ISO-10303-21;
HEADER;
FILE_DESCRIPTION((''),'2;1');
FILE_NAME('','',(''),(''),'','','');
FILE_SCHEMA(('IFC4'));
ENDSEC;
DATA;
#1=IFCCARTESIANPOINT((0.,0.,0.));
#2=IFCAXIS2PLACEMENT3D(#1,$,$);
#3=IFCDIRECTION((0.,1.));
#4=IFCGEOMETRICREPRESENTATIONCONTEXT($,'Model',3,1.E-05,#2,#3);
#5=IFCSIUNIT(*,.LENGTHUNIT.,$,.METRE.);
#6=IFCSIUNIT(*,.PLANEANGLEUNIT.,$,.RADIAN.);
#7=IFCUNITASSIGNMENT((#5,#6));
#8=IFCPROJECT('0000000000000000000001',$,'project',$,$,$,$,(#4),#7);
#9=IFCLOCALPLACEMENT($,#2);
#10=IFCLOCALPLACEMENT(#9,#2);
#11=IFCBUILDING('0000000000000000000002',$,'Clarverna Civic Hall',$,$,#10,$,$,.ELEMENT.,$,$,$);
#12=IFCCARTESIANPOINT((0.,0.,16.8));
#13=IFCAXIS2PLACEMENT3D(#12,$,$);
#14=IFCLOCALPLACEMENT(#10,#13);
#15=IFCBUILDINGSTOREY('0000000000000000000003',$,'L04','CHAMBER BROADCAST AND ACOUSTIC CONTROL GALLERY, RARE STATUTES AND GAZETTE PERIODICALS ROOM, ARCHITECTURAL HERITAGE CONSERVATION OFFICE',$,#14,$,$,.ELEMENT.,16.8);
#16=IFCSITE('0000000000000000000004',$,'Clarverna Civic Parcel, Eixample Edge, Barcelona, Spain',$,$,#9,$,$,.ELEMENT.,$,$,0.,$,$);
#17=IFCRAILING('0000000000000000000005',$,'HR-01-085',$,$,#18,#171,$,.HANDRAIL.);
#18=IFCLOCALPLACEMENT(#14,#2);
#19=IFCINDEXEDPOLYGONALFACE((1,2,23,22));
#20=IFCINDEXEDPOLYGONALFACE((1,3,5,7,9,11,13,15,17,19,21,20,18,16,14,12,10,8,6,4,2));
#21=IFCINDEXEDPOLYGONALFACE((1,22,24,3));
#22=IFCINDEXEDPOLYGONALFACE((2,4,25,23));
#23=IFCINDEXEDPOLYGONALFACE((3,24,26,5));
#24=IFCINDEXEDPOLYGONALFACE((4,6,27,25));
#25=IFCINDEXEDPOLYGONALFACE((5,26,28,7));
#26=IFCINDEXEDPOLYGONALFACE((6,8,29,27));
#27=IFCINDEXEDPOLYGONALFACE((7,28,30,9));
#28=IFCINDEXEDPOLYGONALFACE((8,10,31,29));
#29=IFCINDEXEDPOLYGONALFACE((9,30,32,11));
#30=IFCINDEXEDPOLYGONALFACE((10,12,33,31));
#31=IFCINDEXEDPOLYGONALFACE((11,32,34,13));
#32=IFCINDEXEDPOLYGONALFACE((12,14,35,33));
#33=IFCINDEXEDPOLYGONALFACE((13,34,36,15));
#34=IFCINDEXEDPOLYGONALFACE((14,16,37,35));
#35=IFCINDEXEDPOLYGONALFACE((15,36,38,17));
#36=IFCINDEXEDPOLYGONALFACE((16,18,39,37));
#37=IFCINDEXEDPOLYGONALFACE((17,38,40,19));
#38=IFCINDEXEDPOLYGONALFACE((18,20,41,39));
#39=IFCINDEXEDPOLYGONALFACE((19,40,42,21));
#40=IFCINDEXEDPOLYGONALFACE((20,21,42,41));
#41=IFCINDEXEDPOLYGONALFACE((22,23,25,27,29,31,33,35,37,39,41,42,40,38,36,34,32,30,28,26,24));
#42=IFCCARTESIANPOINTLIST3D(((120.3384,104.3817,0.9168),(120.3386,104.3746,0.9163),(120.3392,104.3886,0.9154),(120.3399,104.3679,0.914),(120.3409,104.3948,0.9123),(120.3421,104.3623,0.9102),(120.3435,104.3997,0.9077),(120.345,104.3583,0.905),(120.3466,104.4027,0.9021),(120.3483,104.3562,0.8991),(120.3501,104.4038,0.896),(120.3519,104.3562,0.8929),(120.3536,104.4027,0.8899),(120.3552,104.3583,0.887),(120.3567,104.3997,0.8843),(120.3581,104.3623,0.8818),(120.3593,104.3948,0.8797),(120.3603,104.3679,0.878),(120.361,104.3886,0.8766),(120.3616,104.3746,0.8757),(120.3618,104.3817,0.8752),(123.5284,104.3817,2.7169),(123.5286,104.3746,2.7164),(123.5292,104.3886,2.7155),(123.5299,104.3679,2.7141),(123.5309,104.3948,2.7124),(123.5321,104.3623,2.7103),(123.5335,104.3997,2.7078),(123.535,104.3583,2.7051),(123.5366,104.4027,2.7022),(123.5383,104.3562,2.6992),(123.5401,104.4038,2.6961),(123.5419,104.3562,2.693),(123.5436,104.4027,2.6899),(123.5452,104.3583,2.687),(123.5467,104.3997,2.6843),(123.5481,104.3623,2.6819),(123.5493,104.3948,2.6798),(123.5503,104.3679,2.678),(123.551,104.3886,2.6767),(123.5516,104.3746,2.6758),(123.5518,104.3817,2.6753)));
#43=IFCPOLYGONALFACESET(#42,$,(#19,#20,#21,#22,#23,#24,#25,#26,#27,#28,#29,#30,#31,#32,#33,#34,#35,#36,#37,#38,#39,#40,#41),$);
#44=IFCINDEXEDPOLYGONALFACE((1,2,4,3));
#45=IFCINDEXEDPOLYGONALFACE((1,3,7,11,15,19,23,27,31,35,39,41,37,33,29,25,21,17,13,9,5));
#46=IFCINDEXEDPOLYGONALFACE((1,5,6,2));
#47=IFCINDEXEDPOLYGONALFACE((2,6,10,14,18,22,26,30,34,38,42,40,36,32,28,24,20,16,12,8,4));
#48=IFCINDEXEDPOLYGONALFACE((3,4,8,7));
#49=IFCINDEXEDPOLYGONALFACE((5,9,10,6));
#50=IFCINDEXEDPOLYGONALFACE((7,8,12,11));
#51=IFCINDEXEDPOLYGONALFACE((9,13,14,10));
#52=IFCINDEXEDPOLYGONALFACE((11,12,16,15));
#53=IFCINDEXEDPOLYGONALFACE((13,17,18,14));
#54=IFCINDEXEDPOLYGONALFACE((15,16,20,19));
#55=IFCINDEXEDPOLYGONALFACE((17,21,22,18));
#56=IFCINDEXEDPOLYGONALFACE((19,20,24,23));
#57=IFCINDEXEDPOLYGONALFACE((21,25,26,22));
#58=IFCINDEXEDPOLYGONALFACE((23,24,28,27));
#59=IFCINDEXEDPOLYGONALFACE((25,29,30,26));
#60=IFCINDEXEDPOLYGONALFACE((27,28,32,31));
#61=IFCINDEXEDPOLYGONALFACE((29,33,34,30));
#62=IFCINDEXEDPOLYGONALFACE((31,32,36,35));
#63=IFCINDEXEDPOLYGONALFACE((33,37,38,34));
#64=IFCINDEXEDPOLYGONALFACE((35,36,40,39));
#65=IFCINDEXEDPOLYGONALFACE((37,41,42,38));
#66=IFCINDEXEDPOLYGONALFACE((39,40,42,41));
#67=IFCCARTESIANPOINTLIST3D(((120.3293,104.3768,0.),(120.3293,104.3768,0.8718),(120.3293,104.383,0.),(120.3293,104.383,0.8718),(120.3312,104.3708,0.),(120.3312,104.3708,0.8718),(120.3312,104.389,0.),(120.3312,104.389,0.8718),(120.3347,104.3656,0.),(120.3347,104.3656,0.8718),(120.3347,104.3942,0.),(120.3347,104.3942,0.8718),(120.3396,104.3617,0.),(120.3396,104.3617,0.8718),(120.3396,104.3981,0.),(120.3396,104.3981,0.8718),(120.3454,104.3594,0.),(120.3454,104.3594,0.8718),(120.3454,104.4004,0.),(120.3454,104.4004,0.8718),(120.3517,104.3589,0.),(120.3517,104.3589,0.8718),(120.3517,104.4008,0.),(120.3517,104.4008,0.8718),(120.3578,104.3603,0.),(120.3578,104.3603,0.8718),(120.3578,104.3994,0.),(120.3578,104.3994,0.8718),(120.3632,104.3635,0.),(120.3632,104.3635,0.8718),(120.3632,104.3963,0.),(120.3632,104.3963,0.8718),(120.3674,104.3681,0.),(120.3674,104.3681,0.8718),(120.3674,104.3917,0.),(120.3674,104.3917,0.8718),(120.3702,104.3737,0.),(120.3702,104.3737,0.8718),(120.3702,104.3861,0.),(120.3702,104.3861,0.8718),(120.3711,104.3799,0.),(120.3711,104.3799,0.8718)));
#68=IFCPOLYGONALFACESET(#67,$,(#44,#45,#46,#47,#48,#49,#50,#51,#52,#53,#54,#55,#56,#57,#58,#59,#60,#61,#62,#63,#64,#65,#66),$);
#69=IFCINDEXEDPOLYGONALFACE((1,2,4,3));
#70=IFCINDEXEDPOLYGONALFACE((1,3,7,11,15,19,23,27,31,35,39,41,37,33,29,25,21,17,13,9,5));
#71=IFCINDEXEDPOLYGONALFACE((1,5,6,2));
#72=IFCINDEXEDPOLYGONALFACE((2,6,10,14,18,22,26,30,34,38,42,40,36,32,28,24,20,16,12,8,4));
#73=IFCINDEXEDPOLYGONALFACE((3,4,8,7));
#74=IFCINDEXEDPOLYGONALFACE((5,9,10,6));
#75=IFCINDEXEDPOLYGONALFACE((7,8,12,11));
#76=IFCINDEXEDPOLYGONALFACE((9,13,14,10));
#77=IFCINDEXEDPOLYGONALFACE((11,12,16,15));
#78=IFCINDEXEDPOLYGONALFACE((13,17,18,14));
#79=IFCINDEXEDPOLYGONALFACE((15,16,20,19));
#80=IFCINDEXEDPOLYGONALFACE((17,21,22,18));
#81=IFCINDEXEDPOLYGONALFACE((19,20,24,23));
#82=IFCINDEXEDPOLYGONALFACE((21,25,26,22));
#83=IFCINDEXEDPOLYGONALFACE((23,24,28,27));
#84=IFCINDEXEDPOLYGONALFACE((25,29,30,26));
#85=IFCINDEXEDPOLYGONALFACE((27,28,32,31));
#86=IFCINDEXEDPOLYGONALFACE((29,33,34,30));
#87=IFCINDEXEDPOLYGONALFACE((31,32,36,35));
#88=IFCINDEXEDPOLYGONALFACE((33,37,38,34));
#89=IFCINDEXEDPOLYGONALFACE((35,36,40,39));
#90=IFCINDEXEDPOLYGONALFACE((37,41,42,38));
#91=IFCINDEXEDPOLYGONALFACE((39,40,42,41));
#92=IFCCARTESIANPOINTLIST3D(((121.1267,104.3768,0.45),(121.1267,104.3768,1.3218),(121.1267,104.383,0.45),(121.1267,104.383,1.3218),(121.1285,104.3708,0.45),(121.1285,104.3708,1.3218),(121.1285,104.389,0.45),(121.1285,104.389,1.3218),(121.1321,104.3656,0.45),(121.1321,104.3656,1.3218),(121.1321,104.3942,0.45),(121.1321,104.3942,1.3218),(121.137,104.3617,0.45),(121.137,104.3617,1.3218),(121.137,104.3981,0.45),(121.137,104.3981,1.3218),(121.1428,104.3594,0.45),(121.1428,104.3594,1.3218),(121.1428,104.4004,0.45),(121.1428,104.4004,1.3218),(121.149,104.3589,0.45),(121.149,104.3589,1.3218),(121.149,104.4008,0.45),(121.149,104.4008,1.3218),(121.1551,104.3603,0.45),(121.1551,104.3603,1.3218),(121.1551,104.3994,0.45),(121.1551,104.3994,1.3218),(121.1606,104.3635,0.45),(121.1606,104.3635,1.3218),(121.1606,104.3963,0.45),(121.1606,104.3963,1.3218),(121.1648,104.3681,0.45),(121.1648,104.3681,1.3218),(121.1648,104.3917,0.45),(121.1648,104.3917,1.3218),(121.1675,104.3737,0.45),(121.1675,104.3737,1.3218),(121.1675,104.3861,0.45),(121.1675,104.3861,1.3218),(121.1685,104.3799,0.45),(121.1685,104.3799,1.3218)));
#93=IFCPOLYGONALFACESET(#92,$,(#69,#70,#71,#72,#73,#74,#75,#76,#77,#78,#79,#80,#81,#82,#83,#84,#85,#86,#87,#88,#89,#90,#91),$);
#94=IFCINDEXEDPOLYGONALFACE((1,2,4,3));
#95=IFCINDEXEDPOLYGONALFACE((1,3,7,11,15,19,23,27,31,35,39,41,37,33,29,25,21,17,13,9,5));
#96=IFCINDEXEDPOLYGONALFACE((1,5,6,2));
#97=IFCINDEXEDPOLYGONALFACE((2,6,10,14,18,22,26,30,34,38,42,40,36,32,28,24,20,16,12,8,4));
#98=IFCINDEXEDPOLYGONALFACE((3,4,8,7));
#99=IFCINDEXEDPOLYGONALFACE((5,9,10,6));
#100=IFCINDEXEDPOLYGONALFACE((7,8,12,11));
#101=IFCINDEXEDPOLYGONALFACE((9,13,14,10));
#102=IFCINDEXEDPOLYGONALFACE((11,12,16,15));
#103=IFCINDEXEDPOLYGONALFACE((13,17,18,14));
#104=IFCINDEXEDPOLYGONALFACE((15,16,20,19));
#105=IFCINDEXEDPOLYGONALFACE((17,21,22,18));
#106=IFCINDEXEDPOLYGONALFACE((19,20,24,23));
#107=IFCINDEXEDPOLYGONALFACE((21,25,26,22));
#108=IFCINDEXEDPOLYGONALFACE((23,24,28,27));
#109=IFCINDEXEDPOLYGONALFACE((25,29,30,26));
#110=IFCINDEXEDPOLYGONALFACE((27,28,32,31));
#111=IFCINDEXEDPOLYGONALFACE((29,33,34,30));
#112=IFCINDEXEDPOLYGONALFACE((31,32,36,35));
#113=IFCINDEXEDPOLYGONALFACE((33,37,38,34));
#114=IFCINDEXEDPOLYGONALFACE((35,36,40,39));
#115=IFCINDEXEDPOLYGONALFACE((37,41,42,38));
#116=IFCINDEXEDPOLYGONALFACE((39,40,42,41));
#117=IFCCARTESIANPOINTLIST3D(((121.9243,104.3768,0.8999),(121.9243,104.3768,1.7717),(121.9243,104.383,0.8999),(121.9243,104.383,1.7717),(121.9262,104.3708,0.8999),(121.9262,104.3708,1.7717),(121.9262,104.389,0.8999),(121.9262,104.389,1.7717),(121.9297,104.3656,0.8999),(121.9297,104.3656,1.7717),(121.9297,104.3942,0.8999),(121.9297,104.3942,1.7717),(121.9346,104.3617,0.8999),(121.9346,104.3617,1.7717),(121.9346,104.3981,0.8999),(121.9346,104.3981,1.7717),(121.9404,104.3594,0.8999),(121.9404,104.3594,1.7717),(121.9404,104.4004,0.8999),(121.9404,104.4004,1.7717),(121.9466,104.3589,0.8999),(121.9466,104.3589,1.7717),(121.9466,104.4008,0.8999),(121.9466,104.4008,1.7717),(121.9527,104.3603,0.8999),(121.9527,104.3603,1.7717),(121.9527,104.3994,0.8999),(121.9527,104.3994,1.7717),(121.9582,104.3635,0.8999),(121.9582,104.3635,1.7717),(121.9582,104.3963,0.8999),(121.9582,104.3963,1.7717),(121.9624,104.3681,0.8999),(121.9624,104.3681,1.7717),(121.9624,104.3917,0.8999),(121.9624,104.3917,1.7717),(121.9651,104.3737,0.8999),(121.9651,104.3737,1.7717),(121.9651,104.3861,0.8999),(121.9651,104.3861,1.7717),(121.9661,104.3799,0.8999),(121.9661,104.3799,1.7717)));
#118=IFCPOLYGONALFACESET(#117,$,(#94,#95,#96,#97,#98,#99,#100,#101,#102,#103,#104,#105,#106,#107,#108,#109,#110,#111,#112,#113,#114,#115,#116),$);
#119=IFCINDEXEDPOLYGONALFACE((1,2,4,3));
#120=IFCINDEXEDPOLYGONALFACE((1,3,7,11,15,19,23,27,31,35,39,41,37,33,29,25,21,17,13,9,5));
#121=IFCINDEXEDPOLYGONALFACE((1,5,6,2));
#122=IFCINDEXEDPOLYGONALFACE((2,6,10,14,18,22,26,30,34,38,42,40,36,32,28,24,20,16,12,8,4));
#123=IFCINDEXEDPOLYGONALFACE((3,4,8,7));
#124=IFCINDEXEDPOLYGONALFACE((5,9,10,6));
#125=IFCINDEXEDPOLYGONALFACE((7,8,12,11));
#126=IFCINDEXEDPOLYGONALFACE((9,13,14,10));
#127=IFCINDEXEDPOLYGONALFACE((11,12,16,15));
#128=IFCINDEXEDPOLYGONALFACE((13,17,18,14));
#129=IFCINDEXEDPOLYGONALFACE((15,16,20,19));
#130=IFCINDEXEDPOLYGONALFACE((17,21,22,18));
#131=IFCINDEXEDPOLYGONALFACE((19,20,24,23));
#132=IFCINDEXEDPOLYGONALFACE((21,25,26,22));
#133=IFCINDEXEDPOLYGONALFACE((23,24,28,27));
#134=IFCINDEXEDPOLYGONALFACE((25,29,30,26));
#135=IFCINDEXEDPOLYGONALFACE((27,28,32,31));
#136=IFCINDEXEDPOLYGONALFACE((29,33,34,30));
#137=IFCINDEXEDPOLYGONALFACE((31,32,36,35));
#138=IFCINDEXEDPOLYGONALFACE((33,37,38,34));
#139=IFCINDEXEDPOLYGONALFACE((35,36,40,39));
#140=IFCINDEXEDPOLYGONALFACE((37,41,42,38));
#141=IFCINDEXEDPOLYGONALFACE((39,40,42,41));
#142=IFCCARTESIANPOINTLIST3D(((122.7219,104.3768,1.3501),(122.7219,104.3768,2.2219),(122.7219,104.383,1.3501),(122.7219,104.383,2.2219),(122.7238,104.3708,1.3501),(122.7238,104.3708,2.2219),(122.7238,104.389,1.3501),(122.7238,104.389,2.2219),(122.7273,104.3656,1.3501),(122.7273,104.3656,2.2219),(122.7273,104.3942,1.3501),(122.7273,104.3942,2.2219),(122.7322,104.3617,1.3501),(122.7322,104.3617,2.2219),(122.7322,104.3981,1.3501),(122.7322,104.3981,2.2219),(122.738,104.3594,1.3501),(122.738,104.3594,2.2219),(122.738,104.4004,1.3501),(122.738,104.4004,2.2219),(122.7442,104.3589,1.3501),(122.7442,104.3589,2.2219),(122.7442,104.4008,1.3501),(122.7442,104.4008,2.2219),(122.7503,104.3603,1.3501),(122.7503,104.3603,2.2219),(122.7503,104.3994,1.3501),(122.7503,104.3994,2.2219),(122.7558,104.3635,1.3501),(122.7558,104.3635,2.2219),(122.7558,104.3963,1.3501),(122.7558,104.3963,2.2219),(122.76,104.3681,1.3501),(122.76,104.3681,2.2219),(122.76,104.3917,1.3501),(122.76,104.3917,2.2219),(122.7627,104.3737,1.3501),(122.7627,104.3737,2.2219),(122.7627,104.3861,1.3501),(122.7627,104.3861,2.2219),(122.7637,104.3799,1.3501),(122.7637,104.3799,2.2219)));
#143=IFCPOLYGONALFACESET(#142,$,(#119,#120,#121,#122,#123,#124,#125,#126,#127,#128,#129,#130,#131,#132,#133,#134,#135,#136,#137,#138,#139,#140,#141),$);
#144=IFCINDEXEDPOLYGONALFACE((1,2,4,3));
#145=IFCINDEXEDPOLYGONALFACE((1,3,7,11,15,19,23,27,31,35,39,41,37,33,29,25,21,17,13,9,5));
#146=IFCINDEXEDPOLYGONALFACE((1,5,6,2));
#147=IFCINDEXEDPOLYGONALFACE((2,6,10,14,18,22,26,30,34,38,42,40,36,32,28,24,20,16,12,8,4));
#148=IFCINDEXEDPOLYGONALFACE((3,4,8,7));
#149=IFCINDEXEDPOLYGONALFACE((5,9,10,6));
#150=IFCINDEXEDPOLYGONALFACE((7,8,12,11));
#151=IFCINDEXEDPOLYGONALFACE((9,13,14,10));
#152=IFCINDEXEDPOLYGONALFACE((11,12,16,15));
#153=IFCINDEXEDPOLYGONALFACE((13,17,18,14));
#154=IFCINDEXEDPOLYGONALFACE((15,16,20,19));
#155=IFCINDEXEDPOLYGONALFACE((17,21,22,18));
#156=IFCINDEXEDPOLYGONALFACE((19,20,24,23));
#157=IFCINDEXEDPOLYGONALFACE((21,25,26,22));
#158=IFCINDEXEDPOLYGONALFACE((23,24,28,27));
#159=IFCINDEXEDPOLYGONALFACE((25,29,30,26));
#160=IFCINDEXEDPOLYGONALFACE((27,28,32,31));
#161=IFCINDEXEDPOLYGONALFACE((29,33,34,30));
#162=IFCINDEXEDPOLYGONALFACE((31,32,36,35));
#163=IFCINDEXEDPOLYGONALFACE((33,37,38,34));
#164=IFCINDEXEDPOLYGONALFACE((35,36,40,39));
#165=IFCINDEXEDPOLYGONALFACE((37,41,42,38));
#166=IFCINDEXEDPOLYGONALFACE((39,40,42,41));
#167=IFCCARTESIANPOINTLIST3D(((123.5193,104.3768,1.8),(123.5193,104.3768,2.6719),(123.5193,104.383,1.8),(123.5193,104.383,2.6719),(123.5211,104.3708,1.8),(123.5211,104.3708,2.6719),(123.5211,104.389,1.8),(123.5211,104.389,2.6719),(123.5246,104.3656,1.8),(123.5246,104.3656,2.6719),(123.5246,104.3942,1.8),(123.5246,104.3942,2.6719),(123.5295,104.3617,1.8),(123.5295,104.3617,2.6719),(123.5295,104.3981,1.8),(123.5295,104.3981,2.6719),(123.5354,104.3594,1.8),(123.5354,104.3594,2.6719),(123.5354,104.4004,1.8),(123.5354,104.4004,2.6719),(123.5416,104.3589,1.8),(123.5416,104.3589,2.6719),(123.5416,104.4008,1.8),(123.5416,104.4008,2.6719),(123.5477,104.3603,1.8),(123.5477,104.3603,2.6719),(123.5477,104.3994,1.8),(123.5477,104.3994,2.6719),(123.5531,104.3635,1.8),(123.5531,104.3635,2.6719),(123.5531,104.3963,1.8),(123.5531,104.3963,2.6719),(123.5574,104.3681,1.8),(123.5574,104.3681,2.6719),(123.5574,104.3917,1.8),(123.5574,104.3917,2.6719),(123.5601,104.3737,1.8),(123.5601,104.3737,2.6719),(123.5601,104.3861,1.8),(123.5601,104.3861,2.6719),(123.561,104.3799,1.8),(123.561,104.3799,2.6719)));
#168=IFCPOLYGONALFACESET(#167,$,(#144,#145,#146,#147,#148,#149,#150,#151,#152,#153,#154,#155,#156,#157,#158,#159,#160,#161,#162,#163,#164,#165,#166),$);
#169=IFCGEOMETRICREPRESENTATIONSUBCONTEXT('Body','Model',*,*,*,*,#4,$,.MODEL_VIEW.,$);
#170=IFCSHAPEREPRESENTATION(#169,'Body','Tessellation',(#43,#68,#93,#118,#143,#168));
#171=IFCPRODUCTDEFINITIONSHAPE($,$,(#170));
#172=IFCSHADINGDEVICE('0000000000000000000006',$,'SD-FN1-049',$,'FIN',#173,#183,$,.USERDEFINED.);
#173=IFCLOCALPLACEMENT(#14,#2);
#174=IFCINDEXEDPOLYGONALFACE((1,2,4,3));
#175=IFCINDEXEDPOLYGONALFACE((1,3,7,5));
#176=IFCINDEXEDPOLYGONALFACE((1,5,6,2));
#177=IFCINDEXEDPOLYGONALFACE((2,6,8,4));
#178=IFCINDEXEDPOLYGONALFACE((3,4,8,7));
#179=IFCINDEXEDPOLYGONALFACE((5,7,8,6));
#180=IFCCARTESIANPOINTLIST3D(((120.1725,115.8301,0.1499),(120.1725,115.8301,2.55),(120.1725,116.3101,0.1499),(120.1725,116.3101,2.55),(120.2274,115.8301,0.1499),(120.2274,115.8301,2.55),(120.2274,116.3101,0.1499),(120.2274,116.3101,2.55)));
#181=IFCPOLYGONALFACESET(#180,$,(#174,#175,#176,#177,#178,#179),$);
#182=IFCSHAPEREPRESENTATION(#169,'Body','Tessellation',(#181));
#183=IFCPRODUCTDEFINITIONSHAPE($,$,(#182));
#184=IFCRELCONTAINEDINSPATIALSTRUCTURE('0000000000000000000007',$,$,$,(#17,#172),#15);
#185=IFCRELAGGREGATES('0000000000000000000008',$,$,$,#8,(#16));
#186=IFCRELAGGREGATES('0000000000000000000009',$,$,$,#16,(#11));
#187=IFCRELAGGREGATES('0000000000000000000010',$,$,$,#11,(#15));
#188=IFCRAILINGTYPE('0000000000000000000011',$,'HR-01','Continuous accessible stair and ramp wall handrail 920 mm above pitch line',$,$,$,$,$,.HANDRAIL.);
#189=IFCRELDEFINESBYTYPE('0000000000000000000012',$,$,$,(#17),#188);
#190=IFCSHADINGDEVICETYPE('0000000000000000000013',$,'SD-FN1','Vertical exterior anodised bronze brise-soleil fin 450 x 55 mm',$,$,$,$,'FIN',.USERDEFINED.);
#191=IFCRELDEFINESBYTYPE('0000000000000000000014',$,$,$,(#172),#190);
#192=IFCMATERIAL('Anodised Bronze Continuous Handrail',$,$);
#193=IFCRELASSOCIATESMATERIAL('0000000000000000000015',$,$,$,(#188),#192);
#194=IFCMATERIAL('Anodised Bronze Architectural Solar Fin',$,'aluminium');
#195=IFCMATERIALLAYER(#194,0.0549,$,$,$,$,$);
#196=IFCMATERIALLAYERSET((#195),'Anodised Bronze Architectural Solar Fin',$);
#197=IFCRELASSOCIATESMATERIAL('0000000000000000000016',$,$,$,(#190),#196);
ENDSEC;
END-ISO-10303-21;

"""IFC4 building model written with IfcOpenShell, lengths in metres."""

from ifc_helpers import new_model, si_unit, direction, frame, frame_2d, origin, origin_2d, place, context, subcontext, project, spatial, rectangle, circle, extrude, material, layer, layer_set, type_object, element, save


model = new_model("IFC4")

# Units and contexts
model_context = context("Model", 3, precision=1e-05, world=origin(), true_north=direction((0.0, 1.0)))
body_context = subcontext(model_context, "Body", "Model", "MODEL_VIEW")
ifc_project = project(units=[si_unit("LENGTHUNIT", "METRE"), si_unit("PLANEANGLEUNIT", "RADIAN")], contexts=[model_context])

# Site, building, storey
site_placement = place(None, origin())
site = spatial("IfcSite", under=ifc_project, at=site_placement, Name="Clarverna Civic Parcel, Eixample Edge, Barcelona, Spain", CompositionType="ELEMENT", RefElevation=0.0)
building_placement = place(site_placement, origin())
building = spatial("IfcBuilding", under=site, at=building_placement, Name="Clarverna Civic Hall", CompositionType="ELEMENT")
storey_placement = place(building_placement, frame((0.0, 0.0, 16.8)))
storey = spatial("IfcBuildingStorey", under=building, at=storey_placement, Name="L04", Description="CHAMBER BROADCAST AND ACOUSTIC CONTROL GALLERY, RARE STATUTES AND GAZETTE PERIODICALS ROOM, ARCHITECTURAL HERITAGE CONSERVATION OFFICE", CompositionType="ELEMENT", Elevation=16.8)

# Railing
ifc_material_1 = material(Name="Anodised Bronze Continuous Handrail")
railing_type_1 = type_object("IfcRailingType", Name="HR-01", Description="Continuous accessible stair and ramp wall handrail 920 mm above pitch line", PredefinedType="HANDRAIL", material=ifc_material_1)
railing_1_placement = place(storey_placement, frame((120.3501, 104.3799, 0.0)))
element("IfcRailing", 1, at=railing_1_placement, inside=storey, type_object=railing_type_1, Name="HR-01-085", PredefinedType="HANDRAIL", context=body_context, shape_type="SweptSolid", body=[
    extrude(circle(Radius=0.0239, at=origin_2d()), frame((0.0, 0.0, 0.896), z_axis=(0.870909, 0.0, 0.491444), x_axis=(0.0, 1.0, 0.0)), (0.0, 0.0, 1.0), 3.6628),
    extrude(circle(Radius=0.021, at=origin_2d()), origin(), (0.0, 0.0, 1.0), 0.8718),
    extrude(circle(Radius=0.021, at=origin_2d()), frame((0.7974, 0.0, 0.45)), (0.0, 0.0, 1.0), 0.8718),
    extrude(circle(Radius=0.021, at=origin_2d()), frame((1.595, 0.0, 0.8999)), (0.0, 0.0, 1.0), 0.8718),
    extrude(circle(Radius=0.021, at=origin_2d()), frame((2.3926, 0.0, 1.3501)), (0.0, 0.0, 1.0), 0.8718),
    extrude(circle(Radius=0.021, at=origin_2d()), frame((3.1899, 0.0, 1.8)), (0.0, 0.0, 1.0), 0.8718),
])

# Shading device
ifc_material_2 = material(Name="Anodised Bronze Architectural Solar Fin", Category="aluminium")
ifc_layer_1 = layer(ifc_material_2, 0.0549)
ifc_layer_set_1 = layer_set([ifc_layer_1], Name="Anodised Bronze Architectural Solar Fin")
shading_device_type = type_object("IfcShadingDeviceType", Name="SD-FN1", Description="Vertical exterior anodised bronze brise-soleil fin 450 x 55 mm", ElementType="FIN", PredefinedType="USERDEFINED", material=ifc_layer_set_1)
shading_device_placement = place(storey_placement, frame((120.2, 115.8301, 0.1499), z_axis=(0.0, 0.0, 1.0), x_axis=(0.0, 1.0, 0.0)))
element("IfcShadingDevice", 2, at=shading_device_placement, inside=storey, type_object=shading_device_type, Name="SD-FN1-049", ObjectType="FIN", PredefinedType="USERDEFINED", context=body_context, shape_type="SweptSolid", body=[
    extrude(rectangle(XDim=0.48, YDim=0.0549, at=frame_2d((0.24, 0.0))), origin(), (0.0, 0.0, 1.0), 2.4001),
])

save(model, "model.ifc")
